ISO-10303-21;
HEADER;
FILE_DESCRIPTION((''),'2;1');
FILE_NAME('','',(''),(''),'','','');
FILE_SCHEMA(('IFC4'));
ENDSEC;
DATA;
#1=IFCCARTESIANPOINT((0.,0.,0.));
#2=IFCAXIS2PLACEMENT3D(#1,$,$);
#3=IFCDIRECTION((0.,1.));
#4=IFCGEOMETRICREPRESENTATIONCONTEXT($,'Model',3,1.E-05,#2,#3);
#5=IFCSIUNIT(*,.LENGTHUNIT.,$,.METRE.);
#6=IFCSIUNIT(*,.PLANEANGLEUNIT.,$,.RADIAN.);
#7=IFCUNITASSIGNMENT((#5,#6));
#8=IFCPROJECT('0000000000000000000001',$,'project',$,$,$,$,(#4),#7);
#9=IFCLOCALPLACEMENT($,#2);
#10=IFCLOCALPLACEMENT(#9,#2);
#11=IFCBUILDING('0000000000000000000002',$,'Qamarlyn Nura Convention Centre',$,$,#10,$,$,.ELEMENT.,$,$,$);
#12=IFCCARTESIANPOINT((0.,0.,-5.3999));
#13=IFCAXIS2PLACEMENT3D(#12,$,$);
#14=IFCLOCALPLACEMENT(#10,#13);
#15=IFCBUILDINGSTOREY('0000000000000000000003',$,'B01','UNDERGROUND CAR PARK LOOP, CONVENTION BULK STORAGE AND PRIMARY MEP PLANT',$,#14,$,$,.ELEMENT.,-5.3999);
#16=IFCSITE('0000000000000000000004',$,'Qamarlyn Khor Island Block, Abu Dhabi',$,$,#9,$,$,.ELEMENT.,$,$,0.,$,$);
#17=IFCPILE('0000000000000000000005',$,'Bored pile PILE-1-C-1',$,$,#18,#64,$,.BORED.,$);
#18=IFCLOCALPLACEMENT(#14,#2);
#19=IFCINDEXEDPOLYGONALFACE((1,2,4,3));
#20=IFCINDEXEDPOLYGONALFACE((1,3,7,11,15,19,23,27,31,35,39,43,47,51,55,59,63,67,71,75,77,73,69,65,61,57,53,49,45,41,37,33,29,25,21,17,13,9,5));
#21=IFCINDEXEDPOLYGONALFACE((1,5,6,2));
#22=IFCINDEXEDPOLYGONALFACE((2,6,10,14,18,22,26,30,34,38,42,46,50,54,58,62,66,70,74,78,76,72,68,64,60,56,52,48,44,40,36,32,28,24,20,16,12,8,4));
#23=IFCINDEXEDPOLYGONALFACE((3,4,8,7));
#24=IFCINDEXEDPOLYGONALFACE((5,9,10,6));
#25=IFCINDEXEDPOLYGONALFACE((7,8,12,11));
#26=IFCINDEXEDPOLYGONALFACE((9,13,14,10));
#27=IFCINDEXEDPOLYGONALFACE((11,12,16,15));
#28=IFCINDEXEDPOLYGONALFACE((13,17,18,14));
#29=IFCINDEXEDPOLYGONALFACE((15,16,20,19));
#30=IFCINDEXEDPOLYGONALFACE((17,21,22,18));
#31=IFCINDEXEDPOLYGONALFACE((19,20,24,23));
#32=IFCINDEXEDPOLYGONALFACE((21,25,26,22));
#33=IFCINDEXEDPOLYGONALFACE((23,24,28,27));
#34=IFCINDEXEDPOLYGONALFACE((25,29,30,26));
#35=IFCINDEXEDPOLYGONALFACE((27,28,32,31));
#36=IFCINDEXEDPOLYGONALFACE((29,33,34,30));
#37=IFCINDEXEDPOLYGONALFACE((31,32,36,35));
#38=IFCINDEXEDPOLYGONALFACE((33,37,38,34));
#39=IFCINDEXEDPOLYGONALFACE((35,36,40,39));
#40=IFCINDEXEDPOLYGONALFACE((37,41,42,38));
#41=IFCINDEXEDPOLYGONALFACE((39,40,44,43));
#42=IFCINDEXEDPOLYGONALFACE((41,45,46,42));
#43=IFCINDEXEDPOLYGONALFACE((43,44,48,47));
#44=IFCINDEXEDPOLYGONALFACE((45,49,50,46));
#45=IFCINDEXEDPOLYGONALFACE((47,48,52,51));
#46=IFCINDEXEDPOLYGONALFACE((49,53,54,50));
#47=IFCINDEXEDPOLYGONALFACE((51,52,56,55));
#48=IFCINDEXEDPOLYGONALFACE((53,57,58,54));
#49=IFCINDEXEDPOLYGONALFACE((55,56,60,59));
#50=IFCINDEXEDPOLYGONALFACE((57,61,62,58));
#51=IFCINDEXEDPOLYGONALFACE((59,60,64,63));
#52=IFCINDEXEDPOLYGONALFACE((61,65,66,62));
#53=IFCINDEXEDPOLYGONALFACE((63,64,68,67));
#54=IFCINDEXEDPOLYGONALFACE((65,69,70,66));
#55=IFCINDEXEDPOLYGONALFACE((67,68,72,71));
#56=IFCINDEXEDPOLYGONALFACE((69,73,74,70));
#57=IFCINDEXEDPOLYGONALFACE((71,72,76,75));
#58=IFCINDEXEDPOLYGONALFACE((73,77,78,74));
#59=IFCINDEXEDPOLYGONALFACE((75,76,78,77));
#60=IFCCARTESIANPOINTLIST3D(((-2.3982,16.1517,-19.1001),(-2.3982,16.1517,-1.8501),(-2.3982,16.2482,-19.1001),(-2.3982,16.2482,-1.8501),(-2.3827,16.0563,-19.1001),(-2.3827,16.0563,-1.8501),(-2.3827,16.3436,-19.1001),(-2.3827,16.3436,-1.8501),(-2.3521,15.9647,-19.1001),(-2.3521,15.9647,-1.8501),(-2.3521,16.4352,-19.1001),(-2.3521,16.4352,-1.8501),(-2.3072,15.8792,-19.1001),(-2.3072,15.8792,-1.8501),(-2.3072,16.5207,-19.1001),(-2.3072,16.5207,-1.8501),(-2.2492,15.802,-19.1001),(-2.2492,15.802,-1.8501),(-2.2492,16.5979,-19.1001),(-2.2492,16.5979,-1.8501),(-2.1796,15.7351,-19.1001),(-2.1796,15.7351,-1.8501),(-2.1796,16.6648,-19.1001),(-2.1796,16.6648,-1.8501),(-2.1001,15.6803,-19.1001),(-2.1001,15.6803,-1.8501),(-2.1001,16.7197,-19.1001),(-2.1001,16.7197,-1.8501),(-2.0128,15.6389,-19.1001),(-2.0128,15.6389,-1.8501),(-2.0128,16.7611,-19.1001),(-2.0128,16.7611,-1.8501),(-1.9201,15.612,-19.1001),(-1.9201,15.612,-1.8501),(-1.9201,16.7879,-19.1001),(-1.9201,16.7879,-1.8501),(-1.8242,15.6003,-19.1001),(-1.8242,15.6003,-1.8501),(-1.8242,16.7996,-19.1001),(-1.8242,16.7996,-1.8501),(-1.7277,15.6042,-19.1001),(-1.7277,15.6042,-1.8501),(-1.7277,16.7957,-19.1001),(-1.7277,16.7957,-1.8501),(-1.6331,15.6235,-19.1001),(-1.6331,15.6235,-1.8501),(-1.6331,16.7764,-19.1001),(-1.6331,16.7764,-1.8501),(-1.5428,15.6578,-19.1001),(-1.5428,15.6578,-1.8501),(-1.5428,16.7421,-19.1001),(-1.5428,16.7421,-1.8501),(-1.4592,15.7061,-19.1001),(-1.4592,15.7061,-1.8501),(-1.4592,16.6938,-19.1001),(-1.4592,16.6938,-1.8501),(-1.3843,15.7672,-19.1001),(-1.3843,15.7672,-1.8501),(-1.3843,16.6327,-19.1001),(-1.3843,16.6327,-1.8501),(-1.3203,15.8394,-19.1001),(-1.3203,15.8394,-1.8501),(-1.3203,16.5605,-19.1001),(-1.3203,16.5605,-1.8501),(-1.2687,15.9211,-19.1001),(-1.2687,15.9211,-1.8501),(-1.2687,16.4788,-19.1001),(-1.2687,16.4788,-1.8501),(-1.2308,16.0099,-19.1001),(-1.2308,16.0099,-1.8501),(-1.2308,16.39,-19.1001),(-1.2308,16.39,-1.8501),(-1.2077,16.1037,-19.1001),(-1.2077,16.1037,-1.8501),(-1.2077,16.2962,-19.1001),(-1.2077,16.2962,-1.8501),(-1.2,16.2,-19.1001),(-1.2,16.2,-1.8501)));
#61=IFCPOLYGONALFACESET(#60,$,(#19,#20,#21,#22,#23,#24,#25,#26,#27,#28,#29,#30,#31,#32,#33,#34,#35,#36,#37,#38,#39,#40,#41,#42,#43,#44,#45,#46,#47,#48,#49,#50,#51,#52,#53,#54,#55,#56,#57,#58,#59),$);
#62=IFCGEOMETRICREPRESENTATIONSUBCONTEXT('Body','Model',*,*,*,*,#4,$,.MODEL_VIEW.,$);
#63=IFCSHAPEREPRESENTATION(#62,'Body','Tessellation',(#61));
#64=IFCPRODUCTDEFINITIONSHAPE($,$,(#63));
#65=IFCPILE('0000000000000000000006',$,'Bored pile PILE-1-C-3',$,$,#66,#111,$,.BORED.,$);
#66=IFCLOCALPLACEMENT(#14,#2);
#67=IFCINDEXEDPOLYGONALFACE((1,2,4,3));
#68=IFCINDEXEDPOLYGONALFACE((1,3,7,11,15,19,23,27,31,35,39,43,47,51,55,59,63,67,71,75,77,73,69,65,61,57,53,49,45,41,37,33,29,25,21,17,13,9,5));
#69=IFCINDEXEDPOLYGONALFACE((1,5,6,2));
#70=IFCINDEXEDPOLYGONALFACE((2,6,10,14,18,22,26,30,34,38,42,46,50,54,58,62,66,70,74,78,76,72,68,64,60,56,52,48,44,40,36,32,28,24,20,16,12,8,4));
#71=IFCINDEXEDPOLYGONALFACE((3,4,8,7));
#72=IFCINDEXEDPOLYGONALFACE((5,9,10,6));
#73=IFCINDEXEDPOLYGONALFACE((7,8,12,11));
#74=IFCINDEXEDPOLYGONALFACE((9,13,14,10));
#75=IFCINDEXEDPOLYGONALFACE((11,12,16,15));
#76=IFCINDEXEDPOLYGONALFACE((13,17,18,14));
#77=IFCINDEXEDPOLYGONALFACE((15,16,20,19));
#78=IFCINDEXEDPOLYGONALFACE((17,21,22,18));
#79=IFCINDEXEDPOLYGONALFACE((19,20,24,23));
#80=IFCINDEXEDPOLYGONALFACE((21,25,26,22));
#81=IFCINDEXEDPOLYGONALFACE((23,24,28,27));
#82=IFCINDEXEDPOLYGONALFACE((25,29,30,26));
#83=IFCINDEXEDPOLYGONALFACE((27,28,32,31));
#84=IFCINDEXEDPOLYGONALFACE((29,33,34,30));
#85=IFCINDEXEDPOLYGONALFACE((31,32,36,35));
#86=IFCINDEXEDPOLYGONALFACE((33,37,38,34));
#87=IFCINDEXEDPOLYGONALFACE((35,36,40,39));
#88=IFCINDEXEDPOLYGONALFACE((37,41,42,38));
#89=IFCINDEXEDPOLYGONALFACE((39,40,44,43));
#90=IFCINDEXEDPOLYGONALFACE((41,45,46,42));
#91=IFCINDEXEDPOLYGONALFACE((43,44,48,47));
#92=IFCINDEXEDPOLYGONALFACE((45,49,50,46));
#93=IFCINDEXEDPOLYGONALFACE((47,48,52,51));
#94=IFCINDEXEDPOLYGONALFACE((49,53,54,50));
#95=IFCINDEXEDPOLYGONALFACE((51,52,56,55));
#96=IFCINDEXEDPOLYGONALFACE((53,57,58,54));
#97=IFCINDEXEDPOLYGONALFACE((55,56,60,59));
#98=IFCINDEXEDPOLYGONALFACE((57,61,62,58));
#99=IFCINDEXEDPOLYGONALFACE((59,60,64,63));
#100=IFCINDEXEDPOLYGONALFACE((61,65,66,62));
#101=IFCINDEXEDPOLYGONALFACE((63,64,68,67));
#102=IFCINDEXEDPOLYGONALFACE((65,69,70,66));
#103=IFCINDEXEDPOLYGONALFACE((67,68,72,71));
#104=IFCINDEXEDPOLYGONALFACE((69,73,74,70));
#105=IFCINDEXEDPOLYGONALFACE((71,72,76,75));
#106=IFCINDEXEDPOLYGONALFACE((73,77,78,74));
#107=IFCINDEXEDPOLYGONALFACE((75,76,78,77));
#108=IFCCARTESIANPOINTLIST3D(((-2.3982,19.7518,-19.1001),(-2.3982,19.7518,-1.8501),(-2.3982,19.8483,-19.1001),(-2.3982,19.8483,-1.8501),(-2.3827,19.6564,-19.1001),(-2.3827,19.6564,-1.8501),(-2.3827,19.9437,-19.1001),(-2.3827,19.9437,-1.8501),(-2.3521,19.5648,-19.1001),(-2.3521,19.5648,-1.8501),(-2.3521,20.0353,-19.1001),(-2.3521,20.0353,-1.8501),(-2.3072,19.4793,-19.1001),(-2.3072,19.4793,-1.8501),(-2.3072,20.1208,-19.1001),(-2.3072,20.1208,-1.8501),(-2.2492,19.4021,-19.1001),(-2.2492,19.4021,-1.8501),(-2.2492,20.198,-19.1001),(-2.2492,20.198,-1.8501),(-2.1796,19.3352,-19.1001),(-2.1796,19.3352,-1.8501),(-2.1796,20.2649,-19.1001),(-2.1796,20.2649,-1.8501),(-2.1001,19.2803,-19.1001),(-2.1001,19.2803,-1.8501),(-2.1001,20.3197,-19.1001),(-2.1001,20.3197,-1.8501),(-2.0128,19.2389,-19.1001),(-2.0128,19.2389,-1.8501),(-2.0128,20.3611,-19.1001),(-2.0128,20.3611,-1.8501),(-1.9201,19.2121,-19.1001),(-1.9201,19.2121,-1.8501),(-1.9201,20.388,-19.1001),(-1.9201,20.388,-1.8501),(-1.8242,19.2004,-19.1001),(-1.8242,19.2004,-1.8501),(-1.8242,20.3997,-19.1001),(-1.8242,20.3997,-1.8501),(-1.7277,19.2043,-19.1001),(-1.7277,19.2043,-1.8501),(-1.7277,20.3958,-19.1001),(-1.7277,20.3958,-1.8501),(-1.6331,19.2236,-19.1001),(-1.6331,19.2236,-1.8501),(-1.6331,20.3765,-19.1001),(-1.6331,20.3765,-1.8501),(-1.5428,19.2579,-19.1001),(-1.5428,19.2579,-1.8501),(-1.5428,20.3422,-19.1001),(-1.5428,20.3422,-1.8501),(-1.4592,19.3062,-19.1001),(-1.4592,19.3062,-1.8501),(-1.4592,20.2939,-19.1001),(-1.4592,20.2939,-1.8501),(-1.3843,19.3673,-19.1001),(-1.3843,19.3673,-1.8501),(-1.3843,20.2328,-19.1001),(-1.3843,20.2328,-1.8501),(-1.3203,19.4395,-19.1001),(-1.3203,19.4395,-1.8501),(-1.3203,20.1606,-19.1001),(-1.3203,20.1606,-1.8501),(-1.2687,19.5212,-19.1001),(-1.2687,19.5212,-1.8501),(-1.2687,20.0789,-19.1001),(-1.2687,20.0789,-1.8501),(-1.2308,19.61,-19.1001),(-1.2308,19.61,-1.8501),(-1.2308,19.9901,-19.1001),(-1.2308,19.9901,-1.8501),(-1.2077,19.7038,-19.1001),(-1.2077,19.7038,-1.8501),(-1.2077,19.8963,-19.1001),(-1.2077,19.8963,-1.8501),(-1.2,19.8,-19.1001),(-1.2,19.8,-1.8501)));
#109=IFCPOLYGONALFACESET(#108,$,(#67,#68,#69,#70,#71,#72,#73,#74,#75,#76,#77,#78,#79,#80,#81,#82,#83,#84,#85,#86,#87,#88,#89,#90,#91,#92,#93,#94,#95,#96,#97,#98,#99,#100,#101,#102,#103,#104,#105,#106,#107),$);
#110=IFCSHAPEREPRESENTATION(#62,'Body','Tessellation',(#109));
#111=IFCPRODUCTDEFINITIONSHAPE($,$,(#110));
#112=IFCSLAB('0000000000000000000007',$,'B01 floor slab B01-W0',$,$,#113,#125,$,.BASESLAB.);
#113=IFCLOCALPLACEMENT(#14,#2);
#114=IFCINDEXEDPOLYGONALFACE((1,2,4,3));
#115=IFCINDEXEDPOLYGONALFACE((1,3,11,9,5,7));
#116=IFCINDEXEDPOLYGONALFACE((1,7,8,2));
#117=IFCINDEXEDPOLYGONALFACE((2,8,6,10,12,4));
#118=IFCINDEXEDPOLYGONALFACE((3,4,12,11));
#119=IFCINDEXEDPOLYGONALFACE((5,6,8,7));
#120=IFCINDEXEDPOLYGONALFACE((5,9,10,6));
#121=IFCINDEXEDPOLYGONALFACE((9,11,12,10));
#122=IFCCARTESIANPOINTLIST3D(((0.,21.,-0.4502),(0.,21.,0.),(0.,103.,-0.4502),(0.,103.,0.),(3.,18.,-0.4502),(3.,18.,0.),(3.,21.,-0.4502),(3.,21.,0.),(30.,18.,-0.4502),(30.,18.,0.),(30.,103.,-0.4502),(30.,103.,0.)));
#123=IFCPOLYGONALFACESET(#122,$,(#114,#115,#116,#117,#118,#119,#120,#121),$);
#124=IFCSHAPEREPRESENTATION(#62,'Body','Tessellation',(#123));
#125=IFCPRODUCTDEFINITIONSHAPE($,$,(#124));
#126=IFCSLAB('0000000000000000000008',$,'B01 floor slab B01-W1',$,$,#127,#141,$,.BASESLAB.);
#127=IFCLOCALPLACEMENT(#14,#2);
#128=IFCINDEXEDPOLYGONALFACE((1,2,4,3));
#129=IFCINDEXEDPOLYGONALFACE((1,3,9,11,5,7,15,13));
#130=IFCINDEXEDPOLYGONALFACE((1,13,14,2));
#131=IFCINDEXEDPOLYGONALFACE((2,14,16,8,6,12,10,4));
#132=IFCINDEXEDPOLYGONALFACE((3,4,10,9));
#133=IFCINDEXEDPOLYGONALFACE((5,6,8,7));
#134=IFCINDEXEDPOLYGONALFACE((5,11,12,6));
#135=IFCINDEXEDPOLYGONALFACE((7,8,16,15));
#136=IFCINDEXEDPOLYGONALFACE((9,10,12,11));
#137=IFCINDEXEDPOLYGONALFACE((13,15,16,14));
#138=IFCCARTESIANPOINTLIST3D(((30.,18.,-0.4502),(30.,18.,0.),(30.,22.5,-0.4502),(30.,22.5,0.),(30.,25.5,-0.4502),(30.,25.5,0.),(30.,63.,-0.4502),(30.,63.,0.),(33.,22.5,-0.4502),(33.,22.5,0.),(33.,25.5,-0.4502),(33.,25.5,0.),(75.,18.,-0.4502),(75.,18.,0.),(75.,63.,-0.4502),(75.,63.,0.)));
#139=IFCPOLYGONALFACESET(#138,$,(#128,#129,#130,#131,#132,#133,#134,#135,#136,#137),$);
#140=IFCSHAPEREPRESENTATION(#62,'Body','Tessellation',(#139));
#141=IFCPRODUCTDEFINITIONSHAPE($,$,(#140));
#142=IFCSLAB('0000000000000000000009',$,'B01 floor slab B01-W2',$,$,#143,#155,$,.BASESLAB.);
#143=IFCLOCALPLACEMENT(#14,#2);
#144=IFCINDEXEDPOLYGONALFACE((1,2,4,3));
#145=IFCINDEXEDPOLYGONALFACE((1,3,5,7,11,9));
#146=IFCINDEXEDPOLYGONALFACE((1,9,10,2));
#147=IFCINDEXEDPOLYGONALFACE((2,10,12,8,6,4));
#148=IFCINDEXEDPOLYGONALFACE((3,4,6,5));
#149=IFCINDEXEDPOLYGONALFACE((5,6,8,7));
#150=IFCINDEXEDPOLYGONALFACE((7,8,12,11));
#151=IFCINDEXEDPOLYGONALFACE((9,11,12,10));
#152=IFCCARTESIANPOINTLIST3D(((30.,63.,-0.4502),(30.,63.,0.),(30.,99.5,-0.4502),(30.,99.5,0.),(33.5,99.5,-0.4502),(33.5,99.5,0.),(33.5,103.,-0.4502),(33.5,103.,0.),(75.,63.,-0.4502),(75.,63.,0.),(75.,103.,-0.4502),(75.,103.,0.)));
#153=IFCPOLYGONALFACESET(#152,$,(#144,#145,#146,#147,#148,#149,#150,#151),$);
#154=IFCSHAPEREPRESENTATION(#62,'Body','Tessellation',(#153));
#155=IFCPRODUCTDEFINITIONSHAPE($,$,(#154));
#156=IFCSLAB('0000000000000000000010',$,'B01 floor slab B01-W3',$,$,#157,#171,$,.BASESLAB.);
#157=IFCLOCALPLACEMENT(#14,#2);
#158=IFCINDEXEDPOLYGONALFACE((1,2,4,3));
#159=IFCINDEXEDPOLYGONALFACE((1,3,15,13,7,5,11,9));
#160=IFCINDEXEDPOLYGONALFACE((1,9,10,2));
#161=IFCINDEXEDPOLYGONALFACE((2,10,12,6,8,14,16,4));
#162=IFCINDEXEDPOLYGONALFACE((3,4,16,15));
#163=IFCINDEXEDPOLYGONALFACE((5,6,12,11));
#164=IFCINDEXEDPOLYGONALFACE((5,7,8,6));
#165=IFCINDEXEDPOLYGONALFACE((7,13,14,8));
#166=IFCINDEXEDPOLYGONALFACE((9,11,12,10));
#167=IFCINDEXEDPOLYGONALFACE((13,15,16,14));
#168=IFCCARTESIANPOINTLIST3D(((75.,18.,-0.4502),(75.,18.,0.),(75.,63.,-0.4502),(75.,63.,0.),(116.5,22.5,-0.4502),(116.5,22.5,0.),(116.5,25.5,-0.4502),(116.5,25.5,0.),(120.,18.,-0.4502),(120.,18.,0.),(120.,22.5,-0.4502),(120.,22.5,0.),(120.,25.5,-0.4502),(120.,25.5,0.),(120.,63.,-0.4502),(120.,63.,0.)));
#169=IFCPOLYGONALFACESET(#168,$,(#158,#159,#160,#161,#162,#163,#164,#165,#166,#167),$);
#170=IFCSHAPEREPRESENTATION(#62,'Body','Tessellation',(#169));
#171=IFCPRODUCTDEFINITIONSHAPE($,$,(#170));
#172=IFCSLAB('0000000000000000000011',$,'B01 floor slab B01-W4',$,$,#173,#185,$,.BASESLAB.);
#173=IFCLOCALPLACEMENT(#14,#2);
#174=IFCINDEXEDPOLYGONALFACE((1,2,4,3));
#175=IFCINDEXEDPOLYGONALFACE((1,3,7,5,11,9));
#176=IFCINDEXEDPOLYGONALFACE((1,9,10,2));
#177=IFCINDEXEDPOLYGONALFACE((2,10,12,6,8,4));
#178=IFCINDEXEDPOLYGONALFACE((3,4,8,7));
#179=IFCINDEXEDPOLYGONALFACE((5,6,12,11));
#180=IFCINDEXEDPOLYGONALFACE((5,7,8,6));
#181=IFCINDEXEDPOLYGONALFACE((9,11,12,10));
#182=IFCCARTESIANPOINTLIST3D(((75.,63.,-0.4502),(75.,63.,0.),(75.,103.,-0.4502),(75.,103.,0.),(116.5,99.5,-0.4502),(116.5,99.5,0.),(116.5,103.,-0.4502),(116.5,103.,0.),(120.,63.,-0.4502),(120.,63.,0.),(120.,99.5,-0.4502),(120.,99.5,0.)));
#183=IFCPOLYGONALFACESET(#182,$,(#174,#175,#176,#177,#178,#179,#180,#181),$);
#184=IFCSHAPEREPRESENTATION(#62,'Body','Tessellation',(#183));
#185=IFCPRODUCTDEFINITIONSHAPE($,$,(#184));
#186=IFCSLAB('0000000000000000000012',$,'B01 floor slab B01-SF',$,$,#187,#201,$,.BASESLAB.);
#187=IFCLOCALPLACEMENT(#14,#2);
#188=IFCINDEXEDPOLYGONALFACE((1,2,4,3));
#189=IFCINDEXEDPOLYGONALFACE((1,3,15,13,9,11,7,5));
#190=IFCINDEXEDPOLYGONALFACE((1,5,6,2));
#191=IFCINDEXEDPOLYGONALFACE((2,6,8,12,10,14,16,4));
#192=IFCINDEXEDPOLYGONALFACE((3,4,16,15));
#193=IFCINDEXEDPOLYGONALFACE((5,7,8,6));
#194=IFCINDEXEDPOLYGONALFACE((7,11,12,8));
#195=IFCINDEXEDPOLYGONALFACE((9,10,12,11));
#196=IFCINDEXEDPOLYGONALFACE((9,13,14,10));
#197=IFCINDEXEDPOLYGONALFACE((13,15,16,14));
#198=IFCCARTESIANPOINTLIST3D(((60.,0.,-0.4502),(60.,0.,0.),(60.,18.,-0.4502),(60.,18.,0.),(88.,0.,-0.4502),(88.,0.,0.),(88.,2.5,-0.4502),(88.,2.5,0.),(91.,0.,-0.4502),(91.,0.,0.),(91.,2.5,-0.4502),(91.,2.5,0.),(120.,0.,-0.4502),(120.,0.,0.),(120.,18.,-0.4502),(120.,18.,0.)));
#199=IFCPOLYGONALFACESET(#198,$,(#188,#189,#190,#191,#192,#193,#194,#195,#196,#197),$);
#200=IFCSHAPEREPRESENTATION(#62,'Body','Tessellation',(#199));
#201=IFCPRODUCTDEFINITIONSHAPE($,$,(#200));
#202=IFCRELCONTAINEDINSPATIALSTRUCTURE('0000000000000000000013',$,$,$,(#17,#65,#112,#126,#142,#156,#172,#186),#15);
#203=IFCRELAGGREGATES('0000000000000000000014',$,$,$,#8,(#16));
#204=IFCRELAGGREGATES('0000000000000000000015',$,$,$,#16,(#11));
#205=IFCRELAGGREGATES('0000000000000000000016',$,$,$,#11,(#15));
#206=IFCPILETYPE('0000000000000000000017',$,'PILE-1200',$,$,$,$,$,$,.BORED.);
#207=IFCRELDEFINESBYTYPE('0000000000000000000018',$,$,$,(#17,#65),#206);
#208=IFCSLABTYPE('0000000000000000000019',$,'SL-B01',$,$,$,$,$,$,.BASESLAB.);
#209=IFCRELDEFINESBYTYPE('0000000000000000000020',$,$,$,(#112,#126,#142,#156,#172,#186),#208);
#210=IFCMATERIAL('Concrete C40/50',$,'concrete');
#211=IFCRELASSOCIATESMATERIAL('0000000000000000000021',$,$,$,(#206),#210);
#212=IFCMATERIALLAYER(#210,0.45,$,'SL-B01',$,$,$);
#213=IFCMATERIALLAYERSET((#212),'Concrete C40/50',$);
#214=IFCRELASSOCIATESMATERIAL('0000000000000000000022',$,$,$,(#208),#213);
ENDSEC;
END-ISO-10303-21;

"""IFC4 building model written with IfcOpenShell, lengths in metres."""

from ifc_helpers import new_model, si_unit, direction, frame, origin, origin_2d, place, context, subcontext, project, spatial, polyline, circle, outline, extrude, material, layer, layer_set, material_profile, profile_set, type_object, element, save


model = new_model("IFC4")

# Units and contexts
model_context = context("Model", 3, precision=1e-05, world=origin(), true_north=direction((0.0, 1.0)))
body_context = subcontext(model_context, "Body", "Model", "MODEL_VIEW")
ifc_project = project(units=[si_unit("LENGTHUNIT", "METRE"), si_unit("PLANEANGLEUNIT", "RADIAN")], contexts=[model_context])

# Site, building, storey
site_placement = place(None, origin())
site = spatial("IfcSite", under=ifc_project, at=site_placement, Name="Qamarlyn Khor Island Block, Abu Dhabi", CompositionType="ELEMENT", RefElevation=0.0)
building_placement = place(site_placement, origin())
building = spatial("IfcBuilding", under=site, at=building_placement, Name="Qamarlyn Nura Convention Centre", CompositionType="ELEMENT")
storey_placement = place(building_placement, frame((0.0, 0.0, -5.3999)))
storey = spatial("IfcBuildingStorey", under=building, at=storey_placement, Name="B01", Description="UNDERGROUND CAR PARK LOOP, CONVENTION BULK STORAGE AND PRIMARY MEP PLANT", CompositionType="ELEMENT", Elevation=-5.3999)

# Piles
ifc_material = material(Name="Concrete C40/50", Category="concrete")
ifc_material_profile = material_profile(ifc_material, circle(Radius=0.6001, at=origin_2d()), Name="BORED PILE 1200")
ifc_profile_set = profile_set([ifc_material_profile], Name="Concrete C40/50")
pile_type = type_object("IfcPileType", Name="PILE-1200", PredefinedType="BORED", material=ifc_profile_set)
for number, where, z_axis, x_axis, name in (
    (1, (-1.8, 16.2, -1.8501), (0.0, 0.0, -1.0), (1.0, 0.0, 0.0), "Bored pile PILE-1-C-1"),
    (2, (-1.8, 19.8, -1.8501), (0.0, 0.0, -1.0), (1.0, 0.0, 0.0), "Bored pile PILE-1-C-3"),
):
    element("IfcPile", number, at=place(storey_placement, frame(where, z_axis=z_axis, x_axis=x_axis)), inside=storey, type_object=pile_type, Name=name, PredefinedType="BORED", context=body_context, shape_type="SweptSolid", body=[
        extrude(circle(Radius=0.6001, at=origin_2d()), origin(), (0.0, 0.0, 1.0), 17.25),
    ])

# Slabs
ifc_layer_1 = layer(ifc_material, 0.45, Name="SL-B01")
ifc_layer_set_1 = layer_set([ifc_layer_1], Name="Concrete C40/50")
slab_type_1 = type_object("IfcSlabType", Name="SL-B01", PredefinedType="BASESLAB", material=ifc_layer_set_1)
slab_1_placement = place(storey_placement, frame((0.0, 0.0, -0.4502)))
element("IfcSlab", 3, at=slab_1_placement, inside=storey, type_object=slab_type_1, Name="B01 floor slab B01-W0", PredefinedType="BASESLAB", context=body_context, shape_type="SweptSolid", body=[
    extrude(outline(polyline([(0.0, 103.0), (30.0, 103.0), (30.0, 18.0), (3.0, 18.0), (3.0, 21.0), (0.0, 21.0), (0.0, 103.0)])), origin(), (0.0, 0.0, 1.0), 0.4502),
])
slab_2_placement = place(storey_placement, frame((0.0, 0.0, -0.4502)))
element("IfcSlab", 4, at=slab_2_placement, inside=storey, type_object=slab_type_1, Name="B01 floor slab B01-W1", PredefinedType="BASESLAB", context=body_context, shape_type="SweptSolid", body=[
    extrude(outline(polyline([(30.0, 63.0), (75.0, 63.0), (75.0, 18.0), (30.0, 18.0), (30.0, 22.5), (33.0, 22.5), (33.0, 25.5), (30.0, 25.5), (30.0, 63.0)])), origin(), (0.0, 0.0, 1.0), 0.4502),
])
slab_3_placement = place(storey_placement, frame((0.0, 0.0, -0.4502)))
element("IfcSlab", 5, at=slab_3_placement, inside=storey, type_object=slab_type_1, Name="B01 floor slab B01-W2", PredefinedType="BASESLAB", context=body_context, shape_type="SweptSolid", body=[
    extrude(outline(polyline([(75.0, 103.0), (75.0, 63.0), (30.0, 63.0), (30.0, 99.5), (33.5, 99.5), (33.5, 103.0), (75.0, 103.0)])), origin(), (0.0, 0.0, 1.0), 0.4502),
])
slab_4_placement = place(storey_placement, frame((0.0, 0.0, -0.4502)))
element("IfcSlab", 6, at=slab_4_placement, inside=storey, type_object=slab_type_1, Name="B01 floor slab B01-W3", PredefinedType="BASESLAB", context=body_context, shape_type="SweptSolid", body=[
    extrude(outline(polyline([(120.0, 18.0), (75.0, 18.0), (75.0, 63.0), (120.0, 63.0), (120.0, 25.5), (116.5, 25.5), (116.5, 22.5), (120.0, 22.5), (120.0, 18.0)])), origin(), (0.0, 0.0, 1.0), 0.4502),
])
slab_5_placement = place(storey_placement, frame((0.0, 0.0, -0.4502)))
element("IfcSlab", 7, at=slab_5_placement, inside=storey, type_object=slab_type_1, Name="B01 floor slab B01-W4", PredefinedType="BASESLAB", context=body_context, shape_type="SweptSolid", body=[
    extrude(outline(polyline([(120.0, 63.0), (75.0, 63.0), (75.0, 103.0), (116.5, 103.0), (116.5, 99.5), (120.0, 99.5), (120.0, 63.0)])), origin(), (0.0, 0.0, 1.0), 0.4502),
])
slab_6_placement = place(storey_placement, frame((0.0, 0.0, -0.4502)))
element("IfcSlab", 8, at=slab_6_placement, inside=storey, type_object=slab_type_1, Name="B01 floor slab B01-SF", PredefinedType="BASESLAB", context=body_context, shape_type="SweptSolid", body=[
    extrude(outline(polyline([(60.0, 0.0), (60.0, 18.0), (120.0, 18.0), (120.0, 0.0), (91.0, 0.0), (91.0, 2.5), (88.0, 2.5), (88.0, 0.0), (60.0, 0.0)])), origin(), (0.0, 0.0, 1.0), 0.4502),
])

save(model, "model.ifc")
